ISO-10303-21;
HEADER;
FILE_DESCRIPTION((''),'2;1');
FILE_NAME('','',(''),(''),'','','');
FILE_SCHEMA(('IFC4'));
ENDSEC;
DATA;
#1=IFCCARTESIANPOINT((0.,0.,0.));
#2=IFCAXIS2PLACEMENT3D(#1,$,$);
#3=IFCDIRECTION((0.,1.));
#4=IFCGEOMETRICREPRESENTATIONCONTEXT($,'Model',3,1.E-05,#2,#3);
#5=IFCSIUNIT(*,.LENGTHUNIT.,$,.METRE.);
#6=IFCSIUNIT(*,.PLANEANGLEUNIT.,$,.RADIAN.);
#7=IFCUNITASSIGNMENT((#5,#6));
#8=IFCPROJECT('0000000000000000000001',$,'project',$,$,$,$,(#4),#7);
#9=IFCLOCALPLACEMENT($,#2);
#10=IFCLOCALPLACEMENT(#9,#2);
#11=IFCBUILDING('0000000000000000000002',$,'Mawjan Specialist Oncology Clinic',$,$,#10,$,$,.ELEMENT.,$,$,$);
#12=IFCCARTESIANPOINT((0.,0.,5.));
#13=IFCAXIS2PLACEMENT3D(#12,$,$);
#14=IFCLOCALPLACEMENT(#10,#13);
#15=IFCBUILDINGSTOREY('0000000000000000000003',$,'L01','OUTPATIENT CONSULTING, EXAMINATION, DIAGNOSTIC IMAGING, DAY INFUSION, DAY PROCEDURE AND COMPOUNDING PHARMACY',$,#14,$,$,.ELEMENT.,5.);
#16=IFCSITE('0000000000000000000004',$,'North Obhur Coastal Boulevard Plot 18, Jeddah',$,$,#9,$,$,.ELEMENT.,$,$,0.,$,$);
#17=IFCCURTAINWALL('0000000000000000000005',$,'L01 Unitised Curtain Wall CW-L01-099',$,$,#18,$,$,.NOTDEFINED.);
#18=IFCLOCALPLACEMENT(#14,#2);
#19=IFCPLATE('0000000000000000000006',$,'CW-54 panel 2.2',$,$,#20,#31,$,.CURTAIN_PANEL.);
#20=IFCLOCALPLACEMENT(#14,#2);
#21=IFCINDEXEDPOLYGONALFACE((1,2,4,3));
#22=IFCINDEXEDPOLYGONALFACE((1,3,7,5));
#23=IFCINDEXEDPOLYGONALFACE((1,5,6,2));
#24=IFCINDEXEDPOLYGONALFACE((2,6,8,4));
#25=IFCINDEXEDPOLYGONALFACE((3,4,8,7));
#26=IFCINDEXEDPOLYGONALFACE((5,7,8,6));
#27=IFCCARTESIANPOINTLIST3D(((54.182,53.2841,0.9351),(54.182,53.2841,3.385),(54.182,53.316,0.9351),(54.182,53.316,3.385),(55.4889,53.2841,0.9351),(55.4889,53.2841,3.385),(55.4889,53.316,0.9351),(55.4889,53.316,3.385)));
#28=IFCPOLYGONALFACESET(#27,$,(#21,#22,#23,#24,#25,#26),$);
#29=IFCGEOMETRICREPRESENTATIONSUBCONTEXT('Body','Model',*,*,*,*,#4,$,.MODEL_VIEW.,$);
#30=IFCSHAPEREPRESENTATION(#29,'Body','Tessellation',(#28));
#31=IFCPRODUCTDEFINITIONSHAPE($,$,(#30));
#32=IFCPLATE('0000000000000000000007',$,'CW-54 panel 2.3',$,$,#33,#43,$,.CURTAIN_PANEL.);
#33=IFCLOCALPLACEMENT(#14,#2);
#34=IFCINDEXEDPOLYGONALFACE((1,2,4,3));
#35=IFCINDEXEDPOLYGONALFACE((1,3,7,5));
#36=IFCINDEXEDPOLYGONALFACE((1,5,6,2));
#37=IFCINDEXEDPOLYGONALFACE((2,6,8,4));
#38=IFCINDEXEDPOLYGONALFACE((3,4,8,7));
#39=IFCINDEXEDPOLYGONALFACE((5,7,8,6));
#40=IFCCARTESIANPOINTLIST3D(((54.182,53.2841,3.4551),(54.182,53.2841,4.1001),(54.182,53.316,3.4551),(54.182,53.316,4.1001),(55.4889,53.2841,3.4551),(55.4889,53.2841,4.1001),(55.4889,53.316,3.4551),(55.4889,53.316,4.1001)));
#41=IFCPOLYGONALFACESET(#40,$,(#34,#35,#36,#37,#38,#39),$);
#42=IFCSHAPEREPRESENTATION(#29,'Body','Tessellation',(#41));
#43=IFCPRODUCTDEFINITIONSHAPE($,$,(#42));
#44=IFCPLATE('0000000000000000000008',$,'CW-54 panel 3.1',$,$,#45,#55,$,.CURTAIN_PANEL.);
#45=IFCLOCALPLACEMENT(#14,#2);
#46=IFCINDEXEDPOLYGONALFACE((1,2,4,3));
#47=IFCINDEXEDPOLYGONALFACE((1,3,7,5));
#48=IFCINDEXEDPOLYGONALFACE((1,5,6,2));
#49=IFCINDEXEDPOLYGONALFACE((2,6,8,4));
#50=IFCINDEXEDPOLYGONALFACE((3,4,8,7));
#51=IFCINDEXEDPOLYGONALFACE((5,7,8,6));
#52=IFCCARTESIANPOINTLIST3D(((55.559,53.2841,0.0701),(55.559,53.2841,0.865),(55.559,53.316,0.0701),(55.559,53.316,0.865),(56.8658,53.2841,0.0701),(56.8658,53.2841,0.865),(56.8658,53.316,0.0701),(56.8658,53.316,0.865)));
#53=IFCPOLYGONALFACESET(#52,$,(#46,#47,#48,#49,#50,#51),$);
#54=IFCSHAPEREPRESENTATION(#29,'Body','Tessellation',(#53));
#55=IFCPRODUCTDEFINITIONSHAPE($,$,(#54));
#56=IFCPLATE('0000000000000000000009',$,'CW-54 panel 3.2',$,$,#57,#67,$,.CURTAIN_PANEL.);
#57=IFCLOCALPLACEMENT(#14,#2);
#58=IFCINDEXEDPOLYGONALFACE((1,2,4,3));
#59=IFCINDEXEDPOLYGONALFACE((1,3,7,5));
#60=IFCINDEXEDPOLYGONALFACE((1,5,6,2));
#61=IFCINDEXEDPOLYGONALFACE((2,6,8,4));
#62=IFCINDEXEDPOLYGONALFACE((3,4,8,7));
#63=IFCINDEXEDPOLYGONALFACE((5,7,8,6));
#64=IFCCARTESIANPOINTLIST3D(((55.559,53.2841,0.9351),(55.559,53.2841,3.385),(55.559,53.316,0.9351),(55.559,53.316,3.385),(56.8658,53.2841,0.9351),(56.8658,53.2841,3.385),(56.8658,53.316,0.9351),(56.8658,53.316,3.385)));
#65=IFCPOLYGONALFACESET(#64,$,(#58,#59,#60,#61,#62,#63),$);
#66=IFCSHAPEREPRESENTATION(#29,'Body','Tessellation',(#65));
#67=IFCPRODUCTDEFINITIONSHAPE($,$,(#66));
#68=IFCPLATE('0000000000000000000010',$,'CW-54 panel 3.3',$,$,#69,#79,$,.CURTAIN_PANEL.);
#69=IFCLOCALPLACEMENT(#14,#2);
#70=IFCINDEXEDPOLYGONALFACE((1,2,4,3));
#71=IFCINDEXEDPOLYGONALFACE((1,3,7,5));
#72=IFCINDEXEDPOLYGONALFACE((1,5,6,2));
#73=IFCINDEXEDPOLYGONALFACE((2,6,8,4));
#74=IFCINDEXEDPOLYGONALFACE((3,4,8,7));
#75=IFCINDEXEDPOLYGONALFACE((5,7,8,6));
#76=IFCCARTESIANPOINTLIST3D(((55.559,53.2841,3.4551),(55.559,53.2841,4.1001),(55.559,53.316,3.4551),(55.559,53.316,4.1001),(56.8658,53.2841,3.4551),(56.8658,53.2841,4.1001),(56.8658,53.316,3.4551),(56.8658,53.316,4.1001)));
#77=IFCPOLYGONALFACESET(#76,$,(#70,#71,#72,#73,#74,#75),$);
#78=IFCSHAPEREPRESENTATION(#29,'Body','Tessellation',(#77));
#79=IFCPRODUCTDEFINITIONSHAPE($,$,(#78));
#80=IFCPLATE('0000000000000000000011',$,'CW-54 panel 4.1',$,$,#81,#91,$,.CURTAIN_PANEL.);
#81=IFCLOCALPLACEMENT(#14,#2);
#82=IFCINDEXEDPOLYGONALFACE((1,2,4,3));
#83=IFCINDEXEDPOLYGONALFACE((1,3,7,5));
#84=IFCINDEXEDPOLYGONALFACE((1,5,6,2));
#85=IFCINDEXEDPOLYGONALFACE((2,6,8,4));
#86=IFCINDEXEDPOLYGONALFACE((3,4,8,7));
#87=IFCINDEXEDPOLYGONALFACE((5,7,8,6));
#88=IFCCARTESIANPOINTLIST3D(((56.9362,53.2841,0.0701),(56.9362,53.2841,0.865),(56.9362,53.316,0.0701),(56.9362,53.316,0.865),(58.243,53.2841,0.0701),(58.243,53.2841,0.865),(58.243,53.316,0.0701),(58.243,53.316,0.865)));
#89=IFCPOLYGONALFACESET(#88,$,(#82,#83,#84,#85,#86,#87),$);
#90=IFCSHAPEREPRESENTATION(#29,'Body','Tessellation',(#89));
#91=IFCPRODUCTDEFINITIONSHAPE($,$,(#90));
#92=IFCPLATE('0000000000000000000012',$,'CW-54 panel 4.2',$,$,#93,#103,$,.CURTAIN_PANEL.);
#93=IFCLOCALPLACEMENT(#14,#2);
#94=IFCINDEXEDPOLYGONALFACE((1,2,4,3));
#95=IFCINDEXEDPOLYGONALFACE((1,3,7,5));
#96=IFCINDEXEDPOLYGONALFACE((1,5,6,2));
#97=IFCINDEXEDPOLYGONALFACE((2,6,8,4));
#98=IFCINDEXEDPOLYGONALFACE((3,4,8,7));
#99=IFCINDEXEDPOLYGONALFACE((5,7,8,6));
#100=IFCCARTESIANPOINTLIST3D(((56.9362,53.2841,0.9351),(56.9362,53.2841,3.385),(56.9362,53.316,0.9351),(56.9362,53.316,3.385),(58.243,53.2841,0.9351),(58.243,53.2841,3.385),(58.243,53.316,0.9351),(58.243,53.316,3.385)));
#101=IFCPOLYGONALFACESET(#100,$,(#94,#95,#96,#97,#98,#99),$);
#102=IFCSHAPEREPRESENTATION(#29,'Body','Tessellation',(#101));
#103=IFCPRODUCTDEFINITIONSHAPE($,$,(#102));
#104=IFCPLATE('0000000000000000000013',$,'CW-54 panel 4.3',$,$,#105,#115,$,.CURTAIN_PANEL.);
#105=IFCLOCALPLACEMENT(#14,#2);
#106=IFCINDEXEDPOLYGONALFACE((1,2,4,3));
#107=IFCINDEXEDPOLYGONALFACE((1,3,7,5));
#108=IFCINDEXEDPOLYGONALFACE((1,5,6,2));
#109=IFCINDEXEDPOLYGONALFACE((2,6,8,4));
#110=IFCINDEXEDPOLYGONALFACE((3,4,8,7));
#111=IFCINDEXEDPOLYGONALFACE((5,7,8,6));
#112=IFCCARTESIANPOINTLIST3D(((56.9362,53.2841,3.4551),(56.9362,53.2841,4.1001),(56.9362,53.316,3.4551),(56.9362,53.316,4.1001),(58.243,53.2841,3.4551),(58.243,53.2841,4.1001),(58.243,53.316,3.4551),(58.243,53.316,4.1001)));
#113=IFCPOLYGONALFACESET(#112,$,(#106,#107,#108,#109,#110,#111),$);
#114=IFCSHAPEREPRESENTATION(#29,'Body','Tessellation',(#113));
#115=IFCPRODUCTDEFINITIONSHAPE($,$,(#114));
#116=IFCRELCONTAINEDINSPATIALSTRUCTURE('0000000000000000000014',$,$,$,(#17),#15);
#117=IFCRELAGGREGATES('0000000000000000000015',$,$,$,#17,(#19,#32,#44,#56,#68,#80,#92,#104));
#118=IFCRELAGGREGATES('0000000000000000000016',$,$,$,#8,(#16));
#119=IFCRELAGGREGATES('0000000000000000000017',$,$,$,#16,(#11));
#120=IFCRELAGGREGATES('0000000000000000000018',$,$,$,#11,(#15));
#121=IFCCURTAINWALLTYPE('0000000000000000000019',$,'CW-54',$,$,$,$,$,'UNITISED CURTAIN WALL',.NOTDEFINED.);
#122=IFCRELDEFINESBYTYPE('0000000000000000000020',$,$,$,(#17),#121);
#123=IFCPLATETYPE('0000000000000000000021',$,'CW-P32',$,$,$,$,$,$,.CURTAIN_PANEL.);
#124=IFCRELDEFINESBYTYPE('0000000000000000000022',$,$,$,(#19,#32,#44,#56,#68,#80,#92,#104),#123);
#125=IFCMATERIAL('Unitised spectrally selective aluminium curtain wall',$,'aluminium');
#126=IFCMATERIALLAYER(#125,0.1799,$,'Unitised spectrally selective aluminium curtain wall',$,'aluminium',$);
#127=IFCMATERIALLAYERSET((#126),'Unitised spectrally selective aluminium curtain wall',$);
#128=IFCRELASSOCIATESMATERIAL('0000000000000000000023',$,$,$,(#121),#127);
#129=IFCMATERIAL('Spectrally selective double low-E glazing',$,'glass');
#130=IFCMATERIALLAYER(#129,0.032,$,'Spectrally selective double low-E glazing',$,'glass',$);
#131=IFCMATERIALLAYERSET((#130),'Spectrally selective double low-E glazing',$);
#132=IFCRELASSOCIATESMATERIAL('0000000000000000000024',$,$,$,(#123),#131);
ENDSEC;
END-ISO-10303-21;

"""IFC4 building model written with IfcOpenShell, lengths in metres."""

from ifc_helpers import new_model, si_unit, direction, frame, origin, origin_2d, place, context, subcontext, project, spatial, rectangle, extrude, material, layer, layer_set, type_object, element, aggregate, save


model = new_model("IFC4")

# Units and contexts
model_context = context("Model", 3, precision=1e-05, world=origin(), true_north=direction((0.0, 1.0)))
body_context = subcontext(model_context, "Body", "Model", "MODEL_VIEW")
ifc_project = project(units=[si_unit("LENGTHUNIT", "METRE"), si_unit("PLANEANGLEUNIT", "RADIAN")], contexts=[model_context])

# Site, building, storey
site_placement = place(None, origin())
site = spatial("IfcSite", under=ifc_project, at=site_placement, Name="North Obhur Coastal Boulevard Plot 18, Jeddah", CompositionType="ELEMENT", RefElevation=0.0)
building_placement = place(site_placement, origin())
building = spatial("IfcBuilding", under=site, at=building_placement, Name="Mawjan Specialist Oncology Clinic", CompositionType="ELEMENT")
storey_placement = place(building_placement, frame((0.0, 0.0, 5.0)))
storey = spatial("IfcBuildingStorey", under=building, at=storey_placement, Name="L01", Description="OUTPATIENT CONSULTING, EXAMINATION, DIAGNOSTIC IMAGING, DAY INFUSION, DAY PROCEDURE AND COMPOUNDING PHARMACY", CompositionType="ELEMENT", Elevation=5.0)

# Curtain wall, plates
ifc_material_1 = material(Name="Unitised spectrally selective aluminium curtain wall", Category="aluminium")
ifc_layer_1 = layer(ifc_material_1, 0.1799, Name="Unitised spectrally selective aluminium curtain wall", Category="aluminium")
ifc_layer_set_1 = layer_set([ifc_layer_1], Name="Unitised spectrally selective aluminium curtain wall")
curtain_wall_type = type_object("IfcCurtainWallType", Name="CW-54", ElementType="UNITISED CURTAIN WALL", PredefinedType="NOTDEFINED", material=ifc_layer_set_1)
curtain_wall_placement = place(storey_placement, origin())
curtain_wall = element("IfcCurtainWall", 1, at=curtain_wall_placement, inside=storey, type_object=curtain_wall_type, Name="L01 Unitised Curtain Wall CW-L01-099", PredefinedType="NOTDEFINED")
ifc_material_2 = material(Name="Spectrally selective double low-E glazing", Category="glass")
ifc_layer_2 = layer(ifc_material_2, 0.032, Name="Spectrally selective double low-E glazing", Category="glass")
ifc_layer_set_2 = layer_set([ifc_layer_2], Name="Spectrally selective double low-E glazing")
plate_type = type_object("IfcPlateType", Name="CW-P32", PredefinedType="CURTAIN_PANEL", material=ifc_layer_set_2)
plate_1_placement = place(storey_placement, frame((54.8354, 53.3, 0.9351), z_axis=(0.0, 0.0, 1.0), x_axis=(1.0, 0.0, 0.0)))
plate_1 = element("IfcPlate", 2, at=plate_1_placement, type_object=plate_type, Name="CW-54 panel 2.2", PredefinedType="CURTAIN_PANEL", context=body_context, shape_type="SweptSolid", body=[
    extrude(rectangle(XDim=1.3069, YDim=0.032, at=origin_2d()), origin(), (0.0, 0.0, 1.0), 2.45),
])
plate_2_placement = place(storey_placement, frame((54.8354, 53.3, 3.4551), z_axis=(0.0, 0.0, 1.0), x_axis=(1.0, 0.0, 0.0)))
plate_2 = element("IfcPlate", 3, at=plate_2_placement, type_object=plate_type, Name="CW-54 panel 2.3", PredefinedType="CURTAIN_PANEL", context=body_context, shape_type="SweptSolid", body=[
    extrude(rectangle(XDim=1.3069, YDim=0.032, at=origin_2d()), origin(), (0.0, 0.0, 1.0), 0.645),
])
plate_3_placement = place(storey_placement, frame((56.2124, 53.3, 0.0701), z_axis=(0.0, 0.0, 1.0), x_axis=(1.0, 0.0, 0.0)))
plate_3 = element("IfcPlate", 4, at=plate_3_placement, type_object=plate_type, Name="CW-54 panel 3.1", PredefinedType="CURTAIN_PANEL", context=body_context, shape_type="SweptSolid", body=[
    extrude(rectangle(XDim=1.3069, YDim=0.032, at=origin_2d()), origin(), (0.0, 0.0, 1.0), 0.7949),
])
plate_4_placement = place(storey_placement, frame((56.2124, 53.3, 0.9351), z_axis=(0.0, 0.0, 1.0), x_axis=(1.0, 0.0, 0.0)))
plate_4 = element("IfcPlate", 5, at=plate_4_placement, type_object=plate_type, Name="CW-54 panel 3.2", PredefinedType="CURTAIN_PANEL", context=body_context, shape_type="SweptSolid", body=[
    extrude(rectangle(XDim=1.3069, YDim=0.032, at=origin_2d()), origin(), (0.0, 0.0, 1.0), 2.45),
])
plate_5_placement = place(storey_placement, frame((56.2124, 53.3, 3.4551), z_axis=(0.0, 0.0, 1.0), x_axis=(1.0, 0.0, 0.0)))
plate_5 = element("IfcPlate", 6, at=plate_5_placement, type_object=plate_type, Name="CW-54 panel 3.3", PredefinedType="CURTAIN_PANEL", context=body_context, shape_type="SweptSolid", body=[
    extrude(rectangle(XDim=1.3069, YDim=0.032, at=origin_2d()), origin(), (0.0, 0.0, 1.0), 0.645),
])
plate_6_placement = place(storey_placement, frame((57.5896, 53.3, 0.0701), z_axis=(0.0, 0.0, 1.0), x_axis=(1.0, 0.0, 0.0)))
plate_6 = element("IfcPlate", 7, at=plate_6_placement, type_object=plate_type, Name="CW-54 panel 4.1", PredefinedType="CURTAIN_PANEL", context=body_context, shape_type="SweptSolid", body=[
    extrude(rectangle(XDim=1.3069, YDim=0.032, at=origin_2d()), origin(), (0.0, 0.0, 1.0), 0.7949),
])
plate_7_placement = place(storey_placement, frame((57.5896, 53.3, 0.9351), z_axis=(0.0, 0.0, 1.0), x_axis=(1.0, 0.0, 0.0)))
plate_7 = element("IfcPlate", 8, at=plate_7_placement, type_object=plate_type, Name="CW-54 panel 4.2", PredefinedType="CURTAIN_PANEL", context=body_context, shape_type="SweptSolid", body=[
    extrude(rectangle(XDim=1.3069, YDim=0.032, at=origin_2d()), origin(), (0.0, 0.0, 1.0), 2.45),
])
plate_8_placement = place(storey_placement, frame((57.5896, 53.3, 3.4551), z_axis=(0.0, 0.0, 1.0), x_axis=(1.0, 0.0, 0.0)))
plate_8 = element("IfcPlate", 9, at=plate_8_placement, type_object=plate_type, Name="CW-54 panel 4.3", PredefinedType="CURTAIN_PANEL", context=body_context, shape_type="SweptSolid", body=[
    extrude(rectangle(XDim=1.3069, YDim=0.032, at=origin_2d()), origin(), (0.0, 0.0, 1.0), 0.645),
])
aggregate(curtain_wall, [plate_1, plate_2, plate_3, plate_4, plate_5, plate_6, plate_7, plate_8])

save(model, "model.ifc")
